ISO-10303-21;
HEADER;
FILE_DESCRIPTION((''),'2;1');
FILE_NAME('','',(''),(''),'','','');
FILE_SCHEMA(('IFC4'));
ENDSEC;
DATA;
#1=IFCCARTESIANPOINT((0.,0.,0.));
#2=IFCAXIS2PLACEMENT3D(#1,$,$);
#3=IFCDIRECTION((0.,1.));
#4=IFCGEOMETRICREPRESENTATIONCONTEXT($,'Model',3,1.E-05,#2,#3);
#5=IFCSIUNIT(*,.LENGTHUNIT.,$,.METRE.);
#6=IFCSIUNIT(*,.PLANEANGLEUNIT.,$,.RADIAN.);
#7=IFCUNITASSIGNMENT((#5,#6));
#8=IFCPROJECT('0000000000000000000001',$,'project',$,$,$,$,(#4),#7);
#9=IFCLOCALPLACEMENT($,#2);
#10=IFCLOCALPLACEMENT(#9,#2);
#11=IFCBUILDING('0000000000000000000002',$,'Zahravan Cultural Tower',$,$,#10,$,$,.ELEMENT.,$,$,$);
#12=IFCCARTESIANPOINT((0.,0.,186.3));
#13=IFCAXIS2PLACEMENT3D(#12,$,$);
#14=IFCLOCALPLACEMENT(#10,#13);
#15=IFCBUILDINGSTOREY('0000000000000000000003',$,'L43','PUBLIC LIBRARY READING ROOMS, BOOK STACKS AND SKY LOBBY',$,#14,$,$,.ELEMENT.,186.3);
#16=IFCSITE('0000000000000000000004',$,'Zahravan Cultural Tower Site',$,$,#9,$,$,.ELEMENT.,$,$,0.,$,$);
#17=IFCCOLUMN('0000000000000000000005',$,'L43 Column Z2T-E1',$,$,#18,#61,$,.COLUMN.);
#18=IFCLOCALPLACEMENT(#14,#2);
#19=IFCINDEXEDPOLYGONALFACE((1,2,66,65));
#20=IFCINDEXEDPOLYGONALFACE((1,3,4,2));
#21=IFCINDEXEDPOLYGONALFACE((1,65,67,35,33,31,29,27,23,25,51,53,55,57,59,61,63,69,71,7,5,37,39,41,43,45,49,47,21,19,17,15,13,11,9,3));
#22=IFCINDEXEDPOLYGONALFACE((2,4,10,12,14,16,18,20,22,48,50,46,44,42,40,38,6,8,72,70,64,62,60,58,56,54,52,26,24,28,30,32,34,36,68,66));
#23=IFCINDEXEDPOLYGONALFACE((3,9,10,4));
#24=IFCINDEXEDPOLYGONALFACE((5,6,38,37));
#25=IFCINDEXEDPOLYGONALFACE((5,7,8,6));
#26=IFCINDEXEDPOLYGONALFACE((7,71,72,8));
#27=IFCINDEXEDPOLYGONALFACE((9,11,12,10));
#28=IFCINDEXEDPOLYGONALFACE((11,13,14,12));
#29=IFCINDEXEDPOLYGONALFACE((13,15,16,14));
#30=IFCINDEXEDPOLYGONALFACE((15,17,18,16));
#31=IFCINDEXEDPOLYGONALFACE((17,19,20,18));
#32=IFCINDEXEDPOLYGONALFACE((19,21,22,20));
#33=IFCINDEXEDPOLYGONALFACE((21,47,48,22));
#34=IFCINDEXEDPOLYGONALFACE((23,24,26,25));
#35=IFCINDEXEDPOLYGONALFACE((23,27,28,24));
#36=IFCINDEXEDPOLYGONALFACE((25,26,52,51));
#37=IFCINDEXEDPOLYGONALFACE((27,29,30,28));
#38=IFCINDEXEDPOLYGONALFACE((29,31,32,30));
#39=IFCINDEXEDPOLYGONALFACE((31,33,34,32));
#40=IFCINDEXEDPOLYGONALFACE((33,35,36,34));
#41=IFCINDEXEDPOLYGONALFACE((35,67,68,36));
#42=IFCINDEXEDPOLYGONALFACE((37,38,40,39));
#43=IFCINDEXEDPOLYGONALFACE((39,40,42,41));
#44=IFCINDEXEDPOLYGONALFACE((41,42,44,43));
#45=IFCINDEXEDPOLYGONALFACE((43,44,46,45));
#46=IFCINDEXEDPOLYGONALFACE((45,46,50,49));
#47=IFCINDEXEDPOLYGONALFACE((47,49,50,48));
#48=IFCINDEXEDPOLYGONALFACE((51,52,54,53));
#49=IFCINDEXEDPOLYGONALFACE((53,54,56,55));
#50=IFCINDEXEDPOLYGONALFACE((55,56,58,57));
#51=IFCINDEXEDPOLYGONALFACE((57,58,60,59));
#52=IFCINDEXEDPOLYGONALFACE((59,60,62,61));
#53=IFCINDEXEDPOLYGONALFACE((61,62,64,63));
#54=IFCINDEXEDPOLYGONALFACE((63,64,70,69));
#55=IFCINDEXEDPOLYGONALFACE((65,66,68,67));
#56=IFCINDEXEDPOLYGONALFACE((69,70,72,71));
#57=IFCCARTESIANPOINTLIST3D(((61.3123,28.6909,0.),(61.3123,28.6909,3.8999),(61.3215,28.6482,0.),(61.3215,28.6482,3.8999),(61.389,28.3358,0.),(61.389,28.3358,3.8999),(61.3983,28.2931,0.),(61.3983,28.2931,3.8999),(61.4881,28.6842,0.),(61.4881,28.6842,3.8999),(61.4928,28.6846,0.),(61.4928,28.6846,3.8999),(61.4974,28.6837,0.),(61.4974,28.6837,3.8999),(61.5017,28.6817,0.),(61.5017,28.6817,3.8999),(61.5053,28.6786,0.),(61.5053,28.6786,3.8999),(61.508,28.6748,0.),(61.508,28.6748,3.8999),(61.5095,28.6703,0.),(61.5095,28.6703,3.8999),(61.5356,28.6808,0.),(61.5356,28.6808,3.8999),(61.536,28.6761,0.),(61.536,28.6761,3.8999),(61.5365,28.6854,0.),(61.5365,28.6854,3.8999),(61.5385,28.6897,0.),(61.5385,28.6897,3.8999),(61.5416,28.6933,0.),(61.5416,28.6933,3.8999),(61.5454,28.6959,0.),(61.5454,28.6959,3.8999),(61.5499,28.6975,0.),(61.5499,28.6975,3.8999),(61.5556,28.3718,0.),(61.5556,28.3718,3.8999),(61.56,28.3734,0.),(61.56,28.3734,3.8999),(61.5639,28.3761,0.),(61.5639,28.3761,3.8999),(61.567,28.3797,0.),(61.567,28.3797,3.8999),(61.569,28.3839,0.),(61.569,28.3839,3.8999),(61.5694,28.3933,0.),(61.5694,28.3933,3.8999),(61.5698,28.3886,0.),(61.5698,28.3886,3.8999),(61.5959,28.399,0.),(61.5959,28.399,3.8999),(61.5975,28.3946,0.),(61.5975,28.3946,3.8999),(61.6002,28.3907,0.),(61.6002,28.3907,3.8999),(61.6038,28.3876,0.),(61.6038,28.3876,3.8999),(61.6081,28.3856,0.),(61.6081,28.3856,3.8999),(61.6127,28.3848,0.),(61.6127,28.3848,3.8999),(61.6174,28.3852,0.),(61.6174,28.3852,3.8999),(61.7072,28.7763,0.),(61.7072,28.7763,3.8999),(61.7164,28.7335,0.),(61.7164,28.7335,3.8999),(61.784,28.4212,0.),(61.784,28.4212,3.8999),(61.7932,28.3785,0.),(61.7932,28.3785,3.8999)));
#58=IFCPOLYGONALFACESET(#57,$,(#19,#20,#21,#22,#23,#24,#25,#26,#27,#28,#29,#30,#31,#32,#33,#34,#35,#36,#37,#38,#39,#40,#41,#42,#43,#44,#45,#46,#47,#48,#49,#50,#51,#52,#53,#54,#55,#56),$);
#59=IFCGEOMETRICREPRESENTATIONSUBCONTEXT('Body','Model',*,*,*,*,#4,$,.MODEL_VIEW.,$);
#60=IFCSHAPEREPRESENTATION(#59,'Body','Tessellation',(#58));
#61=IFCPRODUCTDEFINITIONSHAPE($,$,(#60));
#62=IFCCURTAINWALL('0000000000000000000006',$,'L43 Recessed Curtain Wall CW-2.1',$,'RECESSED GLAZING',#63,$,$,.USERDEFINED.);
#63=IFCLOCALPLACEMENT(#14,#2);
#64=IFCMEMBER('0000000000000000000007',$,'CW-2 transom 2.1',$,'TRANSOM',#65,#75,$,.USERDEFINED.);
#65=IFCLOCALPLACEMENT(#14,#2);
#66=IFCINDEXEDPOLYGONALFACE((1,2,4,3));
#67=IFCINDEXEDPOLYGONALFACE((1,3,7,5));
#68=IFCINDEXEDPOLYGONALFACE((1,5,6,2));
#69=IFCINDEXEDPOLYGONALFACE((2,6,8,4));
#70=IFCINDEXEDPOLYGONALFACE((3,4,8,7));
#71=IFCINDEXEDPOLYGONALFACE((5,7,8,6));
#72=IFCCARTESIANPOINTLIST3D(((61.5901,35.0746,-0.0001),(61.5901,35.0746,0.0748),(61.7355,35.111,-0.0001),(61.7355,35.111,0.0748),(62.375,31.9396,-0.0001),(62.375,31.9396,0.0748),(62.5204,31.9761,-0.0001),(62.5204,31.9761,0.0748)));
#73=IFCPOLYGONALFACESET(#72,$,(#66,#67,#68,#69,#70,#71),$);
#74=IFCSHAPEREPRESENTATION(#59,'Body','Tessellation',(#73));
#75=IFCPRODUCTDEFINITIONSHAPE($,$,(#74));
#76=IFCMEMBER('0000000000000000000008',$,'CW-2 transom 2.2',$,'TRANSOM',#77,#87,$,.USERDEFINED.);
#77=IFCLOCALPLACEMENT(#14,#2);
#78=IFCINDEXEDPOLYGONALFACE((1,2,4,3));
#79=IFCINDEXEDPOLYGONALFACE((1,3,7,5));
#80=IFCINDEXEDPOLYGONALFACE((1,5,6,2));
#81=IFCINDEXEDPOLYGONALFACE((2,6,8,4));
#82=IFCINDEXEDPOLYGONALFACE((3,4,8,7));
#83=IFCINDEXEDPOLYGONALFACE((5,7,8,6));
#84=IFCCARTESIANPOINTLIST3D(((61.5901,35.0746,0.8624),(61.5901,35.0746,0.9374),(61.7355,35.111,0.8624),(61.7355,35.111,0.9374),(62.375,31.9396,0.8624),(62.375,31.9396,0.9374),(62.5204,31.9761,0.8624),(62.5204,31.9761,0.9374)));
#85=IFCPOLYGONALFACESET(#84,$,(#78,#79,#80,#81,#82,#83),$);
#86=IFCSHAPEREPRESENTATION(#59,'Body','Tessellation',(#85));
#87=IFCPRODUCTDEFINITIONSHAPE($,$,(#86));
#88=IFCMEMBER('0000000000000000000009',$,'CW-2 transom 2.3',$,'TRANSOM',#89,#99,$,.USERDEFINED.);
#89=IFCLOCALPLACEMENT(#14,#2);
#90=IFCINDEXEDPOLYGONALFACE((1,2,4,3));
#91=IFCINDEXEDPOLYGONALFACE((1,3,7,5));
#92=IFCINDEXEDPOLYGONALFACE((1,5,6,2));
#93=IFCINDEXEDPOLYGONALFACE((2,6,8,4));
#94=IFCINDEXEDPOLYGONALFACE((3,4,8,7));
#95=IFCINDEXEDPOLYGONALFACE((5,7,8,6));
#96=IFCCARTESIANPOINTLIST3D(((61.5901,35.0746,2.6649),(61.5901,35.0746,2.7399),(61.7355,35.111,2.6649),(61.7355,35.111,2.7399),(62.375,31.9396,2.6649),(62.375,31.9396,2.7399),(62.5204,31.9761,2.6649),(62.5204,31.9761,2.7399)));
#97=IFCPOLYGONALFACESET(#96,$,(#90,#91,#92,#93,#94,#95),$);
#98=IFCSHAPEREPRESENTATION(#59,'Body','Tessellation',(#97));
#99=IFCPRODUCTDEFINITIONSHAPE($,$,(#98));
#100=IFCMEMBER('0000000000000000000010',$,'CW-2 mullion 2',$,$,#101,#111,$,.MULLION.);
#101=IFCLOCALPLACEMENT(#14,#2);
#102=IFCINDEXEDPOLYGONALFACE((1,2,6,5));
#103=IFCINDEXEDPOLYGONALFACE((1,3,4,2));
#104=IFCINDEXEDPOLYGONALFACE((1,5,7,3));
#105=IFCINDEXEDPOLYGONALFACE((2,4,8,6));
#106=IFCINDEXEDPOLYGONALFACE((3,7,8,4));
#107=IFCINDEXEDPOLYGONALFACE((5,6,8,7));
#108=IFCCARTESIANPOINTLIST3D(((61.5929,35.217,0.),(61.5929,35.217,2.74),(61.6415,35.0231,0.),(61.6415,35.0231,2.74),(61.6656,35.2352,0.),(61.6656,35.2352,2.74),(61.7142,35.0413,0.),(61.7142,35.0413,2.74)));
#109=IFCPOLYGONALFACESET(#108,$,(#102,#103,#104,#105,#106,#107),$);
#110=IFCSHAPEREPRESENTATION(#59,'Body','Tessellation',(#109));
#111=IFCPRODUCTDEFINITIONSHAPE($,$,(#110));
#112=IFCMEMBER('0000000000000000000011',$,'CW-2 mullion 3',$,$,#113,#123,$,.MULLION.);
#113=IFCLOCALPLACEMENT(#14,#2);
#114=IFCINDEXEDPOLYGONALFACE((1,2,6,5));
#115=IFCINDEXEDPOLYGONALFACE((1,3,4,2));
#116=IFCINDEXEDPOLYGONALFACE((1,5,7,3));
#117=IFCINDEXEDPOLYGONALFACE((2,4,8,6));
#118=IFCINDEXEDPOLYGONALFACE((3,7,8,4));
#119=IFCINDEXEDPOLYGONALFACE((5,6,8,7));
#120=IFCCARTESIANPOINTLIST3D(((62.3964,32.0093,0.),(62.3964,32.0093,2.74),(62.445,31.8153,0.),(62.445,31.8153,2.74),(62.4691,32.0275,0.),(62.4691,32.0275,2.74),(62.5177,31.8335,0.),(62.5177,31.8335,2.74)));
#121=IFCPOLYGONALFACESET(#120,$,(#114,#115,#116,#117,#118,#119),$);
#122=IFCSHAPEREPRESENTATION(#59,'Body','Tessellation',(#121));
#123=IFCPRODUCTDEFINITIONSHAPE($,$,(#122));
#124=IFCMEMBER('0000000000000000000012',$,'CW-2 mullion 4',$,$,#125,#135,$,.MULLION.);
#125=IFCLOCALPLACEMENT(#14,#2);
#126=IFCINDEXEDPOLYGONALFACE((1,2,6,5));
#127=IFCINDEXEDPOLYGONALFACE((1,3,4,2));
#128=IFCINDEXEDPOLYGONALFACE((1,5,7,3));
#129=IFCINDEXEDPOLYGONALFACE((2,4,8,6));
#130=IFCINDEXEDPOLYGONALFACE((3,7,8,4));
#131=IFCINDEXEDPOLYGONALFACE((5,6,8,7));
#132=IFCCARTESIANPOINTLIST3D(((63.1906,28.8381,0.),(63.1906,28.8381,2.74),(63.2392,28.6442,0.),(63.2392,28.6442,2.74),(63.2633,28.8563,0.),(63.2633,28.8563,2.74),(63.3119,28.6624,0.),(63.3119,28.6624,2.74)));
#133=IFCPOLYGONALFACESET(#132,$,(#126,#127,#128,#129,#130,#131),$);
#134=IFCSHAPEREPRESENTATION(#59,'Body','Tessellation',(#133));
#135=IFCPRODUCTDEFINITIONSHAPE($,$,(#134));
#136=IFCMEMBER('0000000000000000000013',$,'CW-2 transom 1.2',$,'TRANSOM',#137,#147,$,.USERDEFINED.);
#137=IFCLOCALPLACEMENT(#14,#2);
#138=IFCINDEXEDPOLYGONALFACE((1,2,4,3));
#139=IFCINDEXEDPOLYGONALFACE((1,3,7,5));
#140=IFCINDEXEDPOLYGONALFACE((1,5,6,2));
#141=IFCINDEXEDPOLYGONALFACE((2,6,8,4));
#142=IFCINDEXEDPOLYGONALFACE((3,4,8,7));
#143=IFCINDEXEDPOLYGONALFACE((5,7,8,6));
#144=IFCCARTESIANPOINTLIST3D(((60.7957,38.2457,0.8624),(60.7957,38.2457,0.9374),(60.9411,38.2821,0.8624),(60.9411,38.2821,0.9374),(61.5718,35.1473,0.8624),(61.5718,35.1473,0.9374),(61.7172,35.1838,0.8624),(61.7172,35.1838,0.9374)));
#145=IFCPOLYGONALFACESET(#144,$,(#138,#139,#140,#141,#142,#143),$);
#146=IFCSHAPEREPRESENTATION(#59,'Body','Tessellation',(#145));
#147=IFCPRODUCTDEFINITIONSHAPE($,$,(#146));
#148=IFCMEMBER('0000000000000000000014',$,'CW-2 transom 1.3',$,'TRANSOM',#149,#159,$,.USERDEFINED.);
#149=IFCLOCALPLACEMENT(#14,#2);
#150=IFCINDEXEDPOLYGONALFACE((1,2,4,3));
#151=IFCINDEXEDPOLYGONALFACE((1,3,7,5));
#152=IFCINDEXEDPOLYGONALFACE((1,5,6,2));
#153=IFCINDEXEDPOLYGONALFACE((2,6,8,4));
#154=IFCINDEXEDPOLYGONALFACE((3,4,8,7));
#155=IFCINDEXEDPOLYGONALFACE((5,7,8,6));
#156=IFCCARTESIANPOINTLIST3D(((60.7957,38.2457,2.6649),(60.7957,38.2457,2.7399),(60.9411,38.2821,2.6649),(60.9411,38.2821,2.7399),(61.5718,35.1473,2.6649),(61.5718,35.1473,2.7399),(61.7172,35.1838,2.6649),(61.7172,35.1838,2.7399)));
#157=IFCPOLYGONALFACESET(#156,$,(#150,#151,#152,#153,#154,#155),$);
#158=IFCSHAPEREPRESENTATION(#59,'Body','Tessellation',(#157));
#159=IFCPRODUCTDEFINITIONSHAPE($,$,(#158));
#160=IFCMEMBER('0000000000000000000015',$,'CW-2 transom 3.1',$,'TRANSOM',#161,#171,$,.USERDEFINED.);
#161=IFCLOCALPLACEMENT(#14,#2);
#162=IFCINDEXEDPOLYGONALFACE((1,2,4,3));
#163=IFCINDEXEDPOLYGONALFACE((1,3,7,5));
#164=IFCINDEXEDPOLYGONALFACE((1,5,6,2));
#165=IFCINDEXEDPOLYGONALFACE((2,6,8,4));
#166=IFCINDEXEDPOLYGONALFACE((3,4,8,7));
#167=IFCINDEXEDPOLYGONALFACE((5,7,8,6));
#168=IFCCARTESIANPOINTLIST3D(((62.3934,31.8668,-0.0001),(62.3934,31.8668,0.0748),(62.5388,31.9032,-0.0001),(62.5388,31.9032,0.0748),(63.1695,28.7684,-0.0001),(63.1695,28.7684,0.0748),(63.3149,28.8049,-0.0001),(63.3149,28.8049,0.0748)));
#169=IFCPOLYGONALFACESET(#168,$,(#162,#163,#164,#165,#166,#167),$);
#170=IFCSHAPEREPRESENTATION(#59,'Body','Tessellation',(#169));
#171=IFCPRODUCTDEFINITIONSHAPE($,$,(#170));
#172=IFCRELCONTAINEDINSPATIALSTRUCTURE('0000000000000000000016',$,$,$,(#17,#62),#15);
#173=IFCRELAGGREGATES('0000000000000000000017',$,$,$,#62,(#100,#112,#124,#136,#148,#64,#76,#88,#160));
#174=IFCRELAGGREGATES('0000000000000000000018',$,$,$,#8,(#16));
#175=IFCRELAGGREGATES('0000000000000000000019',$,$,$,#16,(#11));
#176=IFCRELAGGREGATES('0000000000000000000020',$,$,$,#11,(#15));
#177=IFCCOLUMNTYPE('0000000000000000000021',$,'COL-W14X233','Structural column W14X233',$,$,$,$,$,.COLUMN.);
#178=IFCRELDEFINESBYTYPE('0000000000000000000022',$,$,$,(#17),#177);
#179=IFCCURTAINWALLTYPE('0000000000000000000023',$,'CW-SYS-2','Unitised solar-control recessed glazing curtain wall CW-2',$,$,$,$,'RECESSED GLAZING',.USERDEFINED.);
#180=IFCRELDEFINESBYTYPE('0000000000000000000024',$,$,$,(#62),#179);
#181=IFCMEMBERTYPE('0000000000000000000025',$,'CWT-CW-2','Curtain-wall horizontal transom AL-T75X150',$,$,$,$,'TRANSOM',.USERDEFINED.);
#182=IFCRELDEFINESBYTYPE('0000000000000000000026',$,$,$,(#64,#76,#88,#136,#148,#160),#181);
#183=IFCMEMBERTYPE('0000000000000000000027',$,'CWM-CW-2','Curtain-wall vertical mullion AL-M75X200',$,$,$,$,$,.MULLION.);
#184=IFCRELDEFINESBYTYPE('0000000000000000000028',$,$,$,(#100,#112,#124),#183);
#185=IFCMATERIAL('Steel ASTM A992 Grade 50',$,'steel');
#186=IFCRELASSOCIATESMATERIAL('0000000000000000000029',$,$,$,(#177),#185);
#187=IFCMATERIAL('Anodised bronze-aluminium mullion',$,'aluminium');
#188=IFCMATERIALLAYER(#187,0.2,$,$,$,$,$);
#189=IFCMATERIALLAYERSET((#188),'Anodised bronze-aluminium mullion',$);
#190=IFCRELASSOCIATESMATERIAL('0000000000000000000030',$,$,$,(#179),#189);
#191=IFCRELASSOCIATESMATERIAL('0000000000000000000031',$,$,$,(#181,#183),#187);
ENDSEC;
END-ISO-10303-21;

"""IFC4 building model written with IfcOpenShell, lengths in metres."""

from ifc_helpers import new_model, si_unit, direction, frame, origin, origin_2d, place, context, subcontext, project, spatial, rectangle, i_section, extrude, source, transform, mapped, material, layer, layer_set, material_profile, profile_set, type_object, element, aggregate, save


model = new_model("IFC4")

# Units and contexts
model_context = context("Model", 3, precision=1e-05, world=origin(), true_north=direction((0.0, 1.0)))
body_context = subcontext(model_context, "Body", "Model", "MODEL_VIEW")
ifc_project = project(units=[si_unit("LENGTHUNIT", "METRE"), si_unit("PLANEANGLEUNIT", "RADIAN")], contexts=[model_context])

# Site, building, storey
site_placement = place(None, origin())
site = spatial("IfcSite", under=ifc_project, at=site_placement, Name="Zahravan Cultural Tower Site", CompositionType="ELEMENT", RefElevation=0.0)
building_placement = place(site_placement, origin())
building = spatial("IfcBuilding", under=site, at=building_placement, Name="Zahravan Cultural Tower", CompositionType="ELEMENT")
storey_placement = place(building_placement, frame((0.0, 0.0, 186.3)))
storey = spatial("IfcBuildingStorey", under=building, at=storey_placement, Name="L43", Description="PUBLIC LIBRARY READING ROOMS, BOOK STACKS AND SKY LOBBY", CompositionType="ELEMENT", Elevation=186.3)

# Column
ifc_material_1 = material(Name="Steel ASTM A992 Grade 50", Category="steel")
ifc_material_profile_1 = material_profile(ifc_material_1, i_section(OverallWidth=0.4041, OverallDepth=0.407, WebThickness=0.0271, FlangeThickness=0.0437, FilletRadius=0.0181, at=origin_2d()), Name="W14X233")
ifc_profile_set_1 = profile_set([ifc_material_profile_1], Name="Steel ASTM A992 Grade 50")
column_type = type_object("IfcColumnType", Name="COL-W14X233", Description="Structural column W14X233", PredefinedType="COLUMN", material=ifc_profile_set_1)
shared_shape_1 = source(origin(), body_context, "Body", "SweptSolid", [
    extrude(i_section(OverallWidth=0.4041, OverallDepth=0.407, WebThickness=0.0271, FlangeThickness=0.0437, FilletRadius=0.0181, at=origin_2d()), origin(), (0.0, 0.0, 1.0), 3.8999),
])
column_placement = place(storey_placement, frame((61.5527, 28.5347, 0.0), z_axis=(0.0, 0.0, 1.0), x_axis=(0.977416, 0.211325, 0.0)))
element("IfcColumn", 1, at=column_placement, inside=storey, type_object=column_type, Name="L43 Column Z2T-E1", PredefinedType="COLUMN", context=body_context, shape_type="MappedRepresentation", body=[
    mapped(shared_shape_1, transform((0.0, 0.0, 0.0), x_axis=(1.0, 0.0, 0.0), y_axis=(0.0, 1.0, 0.0), z_axis=(0.0, 0.0, 1.0), scale=1.0)),
])

# Curtain wall, members
ifc_material_2 = material(Name="Anodised bronze-aluminium mullion", Category="aluminium")
ifc_layer_1 = layer(ifc_material_2, 0.2)
ifc_layer_set_1 = layer_set([ifc_layer_1], Name="Anodised bronze-aluminium mullion")
curtain_wall_type = type_object("IfcCurtainWallType", Name="CW-SYS-2", Description="Unitised solar-control recessed glazing curtain wall CW-2", ElementType="RECESSED GLAZING", PredefinedType="USERDEFINED", material=ifc_layer_set_1)
curtain_wall_placement = place(storey_placement, origin())
curtain_wall = element("IfcCurtainWall", 2, at=curtain_wall_placement, inside=storey, type_object=curtain_wall_type, Name="L43 Recessed Curtain Wall CW-2.1", ObjectType="RECESSED GLAZING", PredefinedType="USERDEFINED")
ifc_material_profile_2 = material_profile(ifc_material_2, rectangle(XDim=0.1499, YDim=0.075, at=origin_2d()), Name="AL-T75X150")
ifc_profile_set_2 = profile_set([ifc_material_profile_2], Name="Anodised bronze-aluminium mullion")
member_type_1 = type_object("IfcMemberType", Name="CWT-CW-2", Description="Curtain-wall horizontal transom AL-T75X150", ElementType="TRANSOM", PredefinedType="USERDEFINED", material=ifc_profile_set_2)
shared_shape_2 = source(origin(), body_context, "Body", "SweptSolid", [
    extrude(rectangle(XDim=0.1499, YDim=0.075, at=origin_2d()), origin(), (0.0, 0.0, 1.0), 3.2317),
])
member_1_placement = place(storey_placement, frame((61.6628, 35.0928, 0.0374), z_axis=(0.242873, -0.970058, 0.0), x_axis=(0.970058, 0.242873, 0.0)))
member_1 = element("IfcMember", 3, at=member_1_placement, type_object=member_type_1, Name="CW-2 transom 2.1", ObjectType="TRANSOM", PredefinedType="USERDEFINED", context=body_context, shape_type="MappedRepresentation", body=[
    mapped(shared_shape_2, transform((0.0, 0.0, 0.0), x_axis=(1.0, 0.0, 0.0), y_axis=(0.0, 1.0, 0.0), z_axis=(0.0, 0.0, 1.0), scale=1.0)),
])
member_2_placement = place(storey_placement, frame((61.6628, 35.0928, 0.8999), z_axis=(0.242873, -0.970058, 0.0), x_axis=(0.970058, 0.242873, 0.0)))
member_2 = element("IfcMember", 4, at=member_2_placement, type_object=member_type_1, Name="CW-2 transom 2.2", ObjectType="TRANSOM", PredefinedType="USERDEFINED", context=body_context, shape_type="MappedRepresentation", body=[
    mapped(shared_shape_2, transform((0.0, 0.0, 0.0), x_axis=(1.0, 0.0, 0.0), y_axis=(0.0, 1.0, 0.0), z_axis=(0.0, 0.0, 1.0), scale=1.0)),
])
member_3_placement = place(storey_placement, frame((61.6628, 35.0928, 2.7024), z_axis=(0.242873, -0.970058, 0.0), x_axis=(0.970058, 0.242873, 0.0)))
member_3 = element("IfcMember", 5, at=member_3_placement, type_object=member_type_1, Name="CW-2 transom 2.3", ObjectType="TRANSOM", PredefinedType="USERDEFINED", context=body_context, shape_type="MappedRepresentation", body=[
    mapped(shared_shape_2, transform((0.0, 0.0, 0.0), x_axis=(1.0, 0.0, 0.0), y_axis=(0.0, 1.0, 0.0), z_axis=(0.0, 0.0, 1.0), scale=1.0)),
])
ifc_material_profile_3 = material_profile(ifc_material_2, rectangle(XDim=0.075, YDim=0.2, at=origin_2d()), Name="AL-M75X200")
ifc_profile_set_3 = profile_set([ifc_material_profile_3], Name="Anodised bronze-aluminium mullion")
member_type_2 = type_object("IfcMemberType", Name="CWM-CW-2", Description="Curtain-wall vertical mullion AL-M75X200", PredefinedType="MULLION", material=ifc_profile_set_3)
shared_shape_3 = source(origin(), body_context, "Body", "SweptSolid", [
    extrude(rectangle(XDim=0.075, YDim=0.2, at=origin_2d()), origin(), (0.0, 0.0, 1.0), 2.74),
])
member_4_placement = place(storey_placement, frame((61.6536, 35.1292, 0.0), z_axis=(0.0, 0.0, 1.0), x_axis=(0.97004, 0.242944, 0.0)))
member_4 = element("IfcMember", 6, at=member_4_placement, type_object=member_type_2, Name="CW-2 mullion 2", PredefinedType="MULLION", context=body_context, shape_type="MappedRepresentation", body=[
    mapped(shared_shape_3, transform((0.0, 0.0, 0.0), x_axis=(1.0, 0.0, 0.0), y_axis=(0.0, 1.0, 0.0), z_axis=(0.0, 0.0, 1.0), scale=1.0)),
])
member_5_placement = place(storey_placement, frame((62.457, 31.9214, 0.0), z_axis=(0.0, 0.0, 1.0), x_axis=(0.97004, 0.242944, 0.0)))
member_5 = element("IfcMember", 7, at=member_5_placement, type_object=member_type_2, Name="CW-2 mullion 3", PredefinedType="MULLION", context=body_context, shape_type="MappedRepresentation", body=[
    mapped(shared_shape_3, transform((0.0, 0.0, 0.0), x_axis=(1.0, 0.0, 0.0), y_axis=(0.0, 1.0, 0.0), z_axis=(0.0, 0.0, 1.0), scale=1.0)),
])
member_6_placement = place(storey_placement, frame((63.2512, 28.7502, 0.0), z_axis=(0.0, 0.0, 1.0), x_axis=(0.97004, 0.242944, 0.0)))
member_6 = element("IfcMember", 8, at=member_6_placement, type_object=member_type_2, Name="CW-2 mullion 4", PredefinedType="MULLION", context=body_context, shape_type="MappedRepresentation", body=[
    mapped(shared_shape_3, transform((0.0, 0.0, 0.0), x_axis=(1.0, 0.0, 0.0), y_axis=(0.0, 1.0, 0.0), z_axis=(0.0, 0.0, 1.0), scale=1.0)),
])
shared_shape_4 = source(origin(), body_context, "Body", "SweptSolid", [
    extrude(rectangle(XDim=0.1499, YDim=0.075, at=origin_2d()), origin(), (0.0, 0.0, 1.0), 3.1941),
])
member_7_placement = place(storey_placement, frame((60.8684, 38.2639, 0.8999), z_axis=(0.242985, -0.97003, 0.0), x_axis=(0.97003, 0.242985, 0.0)))
member_7 = element("IfcMember", 9, at=member_7_placement, type_object=member_type_1, Name="CW-2 transom 1.2", ObjectType="TRANSOM", PredefinedType="USERDEFINED", context=body_context, shape_type="MappedRepresentation", body=[
    mapped(shared_shape_4, transform((0.0, 0.0, 0.0), x_axis=(1.0, 0.0, 0.0), y_axis=(0.0, 1.0, 0.0), z_axis=(0.0, 0.0, 1.0), scale=1.0)),
])
member_8_placement = place(storey_placement, frame((60.8684, 38.2639, 2.7024), z_axis=(0.242985, -0.97003, 0.0), x_axis=(0.97003, 0.242985, 0.0)))
member_8 = element("IfcMember", 10, at=member_8_placement, type_object=member_type_1, Name="CW-2 transom 1.3", ObjectType="TRANSOM", PredefinedType="USERDEFINED", context=body_context, shape_type="MappedRepresentation", body=[
    mapped(shared_shape_4, transform((0.0, 0.0, 0.0), x_axis=(1.0, 0.0, 0.0), y_axis=(0.0, 1.0, 0.0), z_axis=(0.0, 0.0, 1.0), scale=1.0)),
])
member_9_placement = place(storey_placement, frame((62.4661, 31.885, 0.0374), z_axis=(0.242985, -0.97003, 0.0), x_axis=(0.97003, 0.242985, 0.0)))
member_9 = element("IfcMember", 11, at=member_9_placement, type_object=member_type_1, Name="CW-2 transom 3.1", ObjectType="TRANSOM", PredefinedType="USERDEFINED", context=body_context, shape_type="MappedRepresentation", body=[
    mapped(shared_shape_4, transform((0.0, 0.0, 0.0), x_axis=(1.0, 0.0, 0.0), y_axis=(0.0, 1.0, 0.0), z_axis=(0.0, 0.0, 1.0), scale=1.0)),
])
aggregate(curtain_wall, [member_4, member_5, member_6, member_7, member_8, member_1, member_2, member_3, member_9])

save(model, "model.ifc")
